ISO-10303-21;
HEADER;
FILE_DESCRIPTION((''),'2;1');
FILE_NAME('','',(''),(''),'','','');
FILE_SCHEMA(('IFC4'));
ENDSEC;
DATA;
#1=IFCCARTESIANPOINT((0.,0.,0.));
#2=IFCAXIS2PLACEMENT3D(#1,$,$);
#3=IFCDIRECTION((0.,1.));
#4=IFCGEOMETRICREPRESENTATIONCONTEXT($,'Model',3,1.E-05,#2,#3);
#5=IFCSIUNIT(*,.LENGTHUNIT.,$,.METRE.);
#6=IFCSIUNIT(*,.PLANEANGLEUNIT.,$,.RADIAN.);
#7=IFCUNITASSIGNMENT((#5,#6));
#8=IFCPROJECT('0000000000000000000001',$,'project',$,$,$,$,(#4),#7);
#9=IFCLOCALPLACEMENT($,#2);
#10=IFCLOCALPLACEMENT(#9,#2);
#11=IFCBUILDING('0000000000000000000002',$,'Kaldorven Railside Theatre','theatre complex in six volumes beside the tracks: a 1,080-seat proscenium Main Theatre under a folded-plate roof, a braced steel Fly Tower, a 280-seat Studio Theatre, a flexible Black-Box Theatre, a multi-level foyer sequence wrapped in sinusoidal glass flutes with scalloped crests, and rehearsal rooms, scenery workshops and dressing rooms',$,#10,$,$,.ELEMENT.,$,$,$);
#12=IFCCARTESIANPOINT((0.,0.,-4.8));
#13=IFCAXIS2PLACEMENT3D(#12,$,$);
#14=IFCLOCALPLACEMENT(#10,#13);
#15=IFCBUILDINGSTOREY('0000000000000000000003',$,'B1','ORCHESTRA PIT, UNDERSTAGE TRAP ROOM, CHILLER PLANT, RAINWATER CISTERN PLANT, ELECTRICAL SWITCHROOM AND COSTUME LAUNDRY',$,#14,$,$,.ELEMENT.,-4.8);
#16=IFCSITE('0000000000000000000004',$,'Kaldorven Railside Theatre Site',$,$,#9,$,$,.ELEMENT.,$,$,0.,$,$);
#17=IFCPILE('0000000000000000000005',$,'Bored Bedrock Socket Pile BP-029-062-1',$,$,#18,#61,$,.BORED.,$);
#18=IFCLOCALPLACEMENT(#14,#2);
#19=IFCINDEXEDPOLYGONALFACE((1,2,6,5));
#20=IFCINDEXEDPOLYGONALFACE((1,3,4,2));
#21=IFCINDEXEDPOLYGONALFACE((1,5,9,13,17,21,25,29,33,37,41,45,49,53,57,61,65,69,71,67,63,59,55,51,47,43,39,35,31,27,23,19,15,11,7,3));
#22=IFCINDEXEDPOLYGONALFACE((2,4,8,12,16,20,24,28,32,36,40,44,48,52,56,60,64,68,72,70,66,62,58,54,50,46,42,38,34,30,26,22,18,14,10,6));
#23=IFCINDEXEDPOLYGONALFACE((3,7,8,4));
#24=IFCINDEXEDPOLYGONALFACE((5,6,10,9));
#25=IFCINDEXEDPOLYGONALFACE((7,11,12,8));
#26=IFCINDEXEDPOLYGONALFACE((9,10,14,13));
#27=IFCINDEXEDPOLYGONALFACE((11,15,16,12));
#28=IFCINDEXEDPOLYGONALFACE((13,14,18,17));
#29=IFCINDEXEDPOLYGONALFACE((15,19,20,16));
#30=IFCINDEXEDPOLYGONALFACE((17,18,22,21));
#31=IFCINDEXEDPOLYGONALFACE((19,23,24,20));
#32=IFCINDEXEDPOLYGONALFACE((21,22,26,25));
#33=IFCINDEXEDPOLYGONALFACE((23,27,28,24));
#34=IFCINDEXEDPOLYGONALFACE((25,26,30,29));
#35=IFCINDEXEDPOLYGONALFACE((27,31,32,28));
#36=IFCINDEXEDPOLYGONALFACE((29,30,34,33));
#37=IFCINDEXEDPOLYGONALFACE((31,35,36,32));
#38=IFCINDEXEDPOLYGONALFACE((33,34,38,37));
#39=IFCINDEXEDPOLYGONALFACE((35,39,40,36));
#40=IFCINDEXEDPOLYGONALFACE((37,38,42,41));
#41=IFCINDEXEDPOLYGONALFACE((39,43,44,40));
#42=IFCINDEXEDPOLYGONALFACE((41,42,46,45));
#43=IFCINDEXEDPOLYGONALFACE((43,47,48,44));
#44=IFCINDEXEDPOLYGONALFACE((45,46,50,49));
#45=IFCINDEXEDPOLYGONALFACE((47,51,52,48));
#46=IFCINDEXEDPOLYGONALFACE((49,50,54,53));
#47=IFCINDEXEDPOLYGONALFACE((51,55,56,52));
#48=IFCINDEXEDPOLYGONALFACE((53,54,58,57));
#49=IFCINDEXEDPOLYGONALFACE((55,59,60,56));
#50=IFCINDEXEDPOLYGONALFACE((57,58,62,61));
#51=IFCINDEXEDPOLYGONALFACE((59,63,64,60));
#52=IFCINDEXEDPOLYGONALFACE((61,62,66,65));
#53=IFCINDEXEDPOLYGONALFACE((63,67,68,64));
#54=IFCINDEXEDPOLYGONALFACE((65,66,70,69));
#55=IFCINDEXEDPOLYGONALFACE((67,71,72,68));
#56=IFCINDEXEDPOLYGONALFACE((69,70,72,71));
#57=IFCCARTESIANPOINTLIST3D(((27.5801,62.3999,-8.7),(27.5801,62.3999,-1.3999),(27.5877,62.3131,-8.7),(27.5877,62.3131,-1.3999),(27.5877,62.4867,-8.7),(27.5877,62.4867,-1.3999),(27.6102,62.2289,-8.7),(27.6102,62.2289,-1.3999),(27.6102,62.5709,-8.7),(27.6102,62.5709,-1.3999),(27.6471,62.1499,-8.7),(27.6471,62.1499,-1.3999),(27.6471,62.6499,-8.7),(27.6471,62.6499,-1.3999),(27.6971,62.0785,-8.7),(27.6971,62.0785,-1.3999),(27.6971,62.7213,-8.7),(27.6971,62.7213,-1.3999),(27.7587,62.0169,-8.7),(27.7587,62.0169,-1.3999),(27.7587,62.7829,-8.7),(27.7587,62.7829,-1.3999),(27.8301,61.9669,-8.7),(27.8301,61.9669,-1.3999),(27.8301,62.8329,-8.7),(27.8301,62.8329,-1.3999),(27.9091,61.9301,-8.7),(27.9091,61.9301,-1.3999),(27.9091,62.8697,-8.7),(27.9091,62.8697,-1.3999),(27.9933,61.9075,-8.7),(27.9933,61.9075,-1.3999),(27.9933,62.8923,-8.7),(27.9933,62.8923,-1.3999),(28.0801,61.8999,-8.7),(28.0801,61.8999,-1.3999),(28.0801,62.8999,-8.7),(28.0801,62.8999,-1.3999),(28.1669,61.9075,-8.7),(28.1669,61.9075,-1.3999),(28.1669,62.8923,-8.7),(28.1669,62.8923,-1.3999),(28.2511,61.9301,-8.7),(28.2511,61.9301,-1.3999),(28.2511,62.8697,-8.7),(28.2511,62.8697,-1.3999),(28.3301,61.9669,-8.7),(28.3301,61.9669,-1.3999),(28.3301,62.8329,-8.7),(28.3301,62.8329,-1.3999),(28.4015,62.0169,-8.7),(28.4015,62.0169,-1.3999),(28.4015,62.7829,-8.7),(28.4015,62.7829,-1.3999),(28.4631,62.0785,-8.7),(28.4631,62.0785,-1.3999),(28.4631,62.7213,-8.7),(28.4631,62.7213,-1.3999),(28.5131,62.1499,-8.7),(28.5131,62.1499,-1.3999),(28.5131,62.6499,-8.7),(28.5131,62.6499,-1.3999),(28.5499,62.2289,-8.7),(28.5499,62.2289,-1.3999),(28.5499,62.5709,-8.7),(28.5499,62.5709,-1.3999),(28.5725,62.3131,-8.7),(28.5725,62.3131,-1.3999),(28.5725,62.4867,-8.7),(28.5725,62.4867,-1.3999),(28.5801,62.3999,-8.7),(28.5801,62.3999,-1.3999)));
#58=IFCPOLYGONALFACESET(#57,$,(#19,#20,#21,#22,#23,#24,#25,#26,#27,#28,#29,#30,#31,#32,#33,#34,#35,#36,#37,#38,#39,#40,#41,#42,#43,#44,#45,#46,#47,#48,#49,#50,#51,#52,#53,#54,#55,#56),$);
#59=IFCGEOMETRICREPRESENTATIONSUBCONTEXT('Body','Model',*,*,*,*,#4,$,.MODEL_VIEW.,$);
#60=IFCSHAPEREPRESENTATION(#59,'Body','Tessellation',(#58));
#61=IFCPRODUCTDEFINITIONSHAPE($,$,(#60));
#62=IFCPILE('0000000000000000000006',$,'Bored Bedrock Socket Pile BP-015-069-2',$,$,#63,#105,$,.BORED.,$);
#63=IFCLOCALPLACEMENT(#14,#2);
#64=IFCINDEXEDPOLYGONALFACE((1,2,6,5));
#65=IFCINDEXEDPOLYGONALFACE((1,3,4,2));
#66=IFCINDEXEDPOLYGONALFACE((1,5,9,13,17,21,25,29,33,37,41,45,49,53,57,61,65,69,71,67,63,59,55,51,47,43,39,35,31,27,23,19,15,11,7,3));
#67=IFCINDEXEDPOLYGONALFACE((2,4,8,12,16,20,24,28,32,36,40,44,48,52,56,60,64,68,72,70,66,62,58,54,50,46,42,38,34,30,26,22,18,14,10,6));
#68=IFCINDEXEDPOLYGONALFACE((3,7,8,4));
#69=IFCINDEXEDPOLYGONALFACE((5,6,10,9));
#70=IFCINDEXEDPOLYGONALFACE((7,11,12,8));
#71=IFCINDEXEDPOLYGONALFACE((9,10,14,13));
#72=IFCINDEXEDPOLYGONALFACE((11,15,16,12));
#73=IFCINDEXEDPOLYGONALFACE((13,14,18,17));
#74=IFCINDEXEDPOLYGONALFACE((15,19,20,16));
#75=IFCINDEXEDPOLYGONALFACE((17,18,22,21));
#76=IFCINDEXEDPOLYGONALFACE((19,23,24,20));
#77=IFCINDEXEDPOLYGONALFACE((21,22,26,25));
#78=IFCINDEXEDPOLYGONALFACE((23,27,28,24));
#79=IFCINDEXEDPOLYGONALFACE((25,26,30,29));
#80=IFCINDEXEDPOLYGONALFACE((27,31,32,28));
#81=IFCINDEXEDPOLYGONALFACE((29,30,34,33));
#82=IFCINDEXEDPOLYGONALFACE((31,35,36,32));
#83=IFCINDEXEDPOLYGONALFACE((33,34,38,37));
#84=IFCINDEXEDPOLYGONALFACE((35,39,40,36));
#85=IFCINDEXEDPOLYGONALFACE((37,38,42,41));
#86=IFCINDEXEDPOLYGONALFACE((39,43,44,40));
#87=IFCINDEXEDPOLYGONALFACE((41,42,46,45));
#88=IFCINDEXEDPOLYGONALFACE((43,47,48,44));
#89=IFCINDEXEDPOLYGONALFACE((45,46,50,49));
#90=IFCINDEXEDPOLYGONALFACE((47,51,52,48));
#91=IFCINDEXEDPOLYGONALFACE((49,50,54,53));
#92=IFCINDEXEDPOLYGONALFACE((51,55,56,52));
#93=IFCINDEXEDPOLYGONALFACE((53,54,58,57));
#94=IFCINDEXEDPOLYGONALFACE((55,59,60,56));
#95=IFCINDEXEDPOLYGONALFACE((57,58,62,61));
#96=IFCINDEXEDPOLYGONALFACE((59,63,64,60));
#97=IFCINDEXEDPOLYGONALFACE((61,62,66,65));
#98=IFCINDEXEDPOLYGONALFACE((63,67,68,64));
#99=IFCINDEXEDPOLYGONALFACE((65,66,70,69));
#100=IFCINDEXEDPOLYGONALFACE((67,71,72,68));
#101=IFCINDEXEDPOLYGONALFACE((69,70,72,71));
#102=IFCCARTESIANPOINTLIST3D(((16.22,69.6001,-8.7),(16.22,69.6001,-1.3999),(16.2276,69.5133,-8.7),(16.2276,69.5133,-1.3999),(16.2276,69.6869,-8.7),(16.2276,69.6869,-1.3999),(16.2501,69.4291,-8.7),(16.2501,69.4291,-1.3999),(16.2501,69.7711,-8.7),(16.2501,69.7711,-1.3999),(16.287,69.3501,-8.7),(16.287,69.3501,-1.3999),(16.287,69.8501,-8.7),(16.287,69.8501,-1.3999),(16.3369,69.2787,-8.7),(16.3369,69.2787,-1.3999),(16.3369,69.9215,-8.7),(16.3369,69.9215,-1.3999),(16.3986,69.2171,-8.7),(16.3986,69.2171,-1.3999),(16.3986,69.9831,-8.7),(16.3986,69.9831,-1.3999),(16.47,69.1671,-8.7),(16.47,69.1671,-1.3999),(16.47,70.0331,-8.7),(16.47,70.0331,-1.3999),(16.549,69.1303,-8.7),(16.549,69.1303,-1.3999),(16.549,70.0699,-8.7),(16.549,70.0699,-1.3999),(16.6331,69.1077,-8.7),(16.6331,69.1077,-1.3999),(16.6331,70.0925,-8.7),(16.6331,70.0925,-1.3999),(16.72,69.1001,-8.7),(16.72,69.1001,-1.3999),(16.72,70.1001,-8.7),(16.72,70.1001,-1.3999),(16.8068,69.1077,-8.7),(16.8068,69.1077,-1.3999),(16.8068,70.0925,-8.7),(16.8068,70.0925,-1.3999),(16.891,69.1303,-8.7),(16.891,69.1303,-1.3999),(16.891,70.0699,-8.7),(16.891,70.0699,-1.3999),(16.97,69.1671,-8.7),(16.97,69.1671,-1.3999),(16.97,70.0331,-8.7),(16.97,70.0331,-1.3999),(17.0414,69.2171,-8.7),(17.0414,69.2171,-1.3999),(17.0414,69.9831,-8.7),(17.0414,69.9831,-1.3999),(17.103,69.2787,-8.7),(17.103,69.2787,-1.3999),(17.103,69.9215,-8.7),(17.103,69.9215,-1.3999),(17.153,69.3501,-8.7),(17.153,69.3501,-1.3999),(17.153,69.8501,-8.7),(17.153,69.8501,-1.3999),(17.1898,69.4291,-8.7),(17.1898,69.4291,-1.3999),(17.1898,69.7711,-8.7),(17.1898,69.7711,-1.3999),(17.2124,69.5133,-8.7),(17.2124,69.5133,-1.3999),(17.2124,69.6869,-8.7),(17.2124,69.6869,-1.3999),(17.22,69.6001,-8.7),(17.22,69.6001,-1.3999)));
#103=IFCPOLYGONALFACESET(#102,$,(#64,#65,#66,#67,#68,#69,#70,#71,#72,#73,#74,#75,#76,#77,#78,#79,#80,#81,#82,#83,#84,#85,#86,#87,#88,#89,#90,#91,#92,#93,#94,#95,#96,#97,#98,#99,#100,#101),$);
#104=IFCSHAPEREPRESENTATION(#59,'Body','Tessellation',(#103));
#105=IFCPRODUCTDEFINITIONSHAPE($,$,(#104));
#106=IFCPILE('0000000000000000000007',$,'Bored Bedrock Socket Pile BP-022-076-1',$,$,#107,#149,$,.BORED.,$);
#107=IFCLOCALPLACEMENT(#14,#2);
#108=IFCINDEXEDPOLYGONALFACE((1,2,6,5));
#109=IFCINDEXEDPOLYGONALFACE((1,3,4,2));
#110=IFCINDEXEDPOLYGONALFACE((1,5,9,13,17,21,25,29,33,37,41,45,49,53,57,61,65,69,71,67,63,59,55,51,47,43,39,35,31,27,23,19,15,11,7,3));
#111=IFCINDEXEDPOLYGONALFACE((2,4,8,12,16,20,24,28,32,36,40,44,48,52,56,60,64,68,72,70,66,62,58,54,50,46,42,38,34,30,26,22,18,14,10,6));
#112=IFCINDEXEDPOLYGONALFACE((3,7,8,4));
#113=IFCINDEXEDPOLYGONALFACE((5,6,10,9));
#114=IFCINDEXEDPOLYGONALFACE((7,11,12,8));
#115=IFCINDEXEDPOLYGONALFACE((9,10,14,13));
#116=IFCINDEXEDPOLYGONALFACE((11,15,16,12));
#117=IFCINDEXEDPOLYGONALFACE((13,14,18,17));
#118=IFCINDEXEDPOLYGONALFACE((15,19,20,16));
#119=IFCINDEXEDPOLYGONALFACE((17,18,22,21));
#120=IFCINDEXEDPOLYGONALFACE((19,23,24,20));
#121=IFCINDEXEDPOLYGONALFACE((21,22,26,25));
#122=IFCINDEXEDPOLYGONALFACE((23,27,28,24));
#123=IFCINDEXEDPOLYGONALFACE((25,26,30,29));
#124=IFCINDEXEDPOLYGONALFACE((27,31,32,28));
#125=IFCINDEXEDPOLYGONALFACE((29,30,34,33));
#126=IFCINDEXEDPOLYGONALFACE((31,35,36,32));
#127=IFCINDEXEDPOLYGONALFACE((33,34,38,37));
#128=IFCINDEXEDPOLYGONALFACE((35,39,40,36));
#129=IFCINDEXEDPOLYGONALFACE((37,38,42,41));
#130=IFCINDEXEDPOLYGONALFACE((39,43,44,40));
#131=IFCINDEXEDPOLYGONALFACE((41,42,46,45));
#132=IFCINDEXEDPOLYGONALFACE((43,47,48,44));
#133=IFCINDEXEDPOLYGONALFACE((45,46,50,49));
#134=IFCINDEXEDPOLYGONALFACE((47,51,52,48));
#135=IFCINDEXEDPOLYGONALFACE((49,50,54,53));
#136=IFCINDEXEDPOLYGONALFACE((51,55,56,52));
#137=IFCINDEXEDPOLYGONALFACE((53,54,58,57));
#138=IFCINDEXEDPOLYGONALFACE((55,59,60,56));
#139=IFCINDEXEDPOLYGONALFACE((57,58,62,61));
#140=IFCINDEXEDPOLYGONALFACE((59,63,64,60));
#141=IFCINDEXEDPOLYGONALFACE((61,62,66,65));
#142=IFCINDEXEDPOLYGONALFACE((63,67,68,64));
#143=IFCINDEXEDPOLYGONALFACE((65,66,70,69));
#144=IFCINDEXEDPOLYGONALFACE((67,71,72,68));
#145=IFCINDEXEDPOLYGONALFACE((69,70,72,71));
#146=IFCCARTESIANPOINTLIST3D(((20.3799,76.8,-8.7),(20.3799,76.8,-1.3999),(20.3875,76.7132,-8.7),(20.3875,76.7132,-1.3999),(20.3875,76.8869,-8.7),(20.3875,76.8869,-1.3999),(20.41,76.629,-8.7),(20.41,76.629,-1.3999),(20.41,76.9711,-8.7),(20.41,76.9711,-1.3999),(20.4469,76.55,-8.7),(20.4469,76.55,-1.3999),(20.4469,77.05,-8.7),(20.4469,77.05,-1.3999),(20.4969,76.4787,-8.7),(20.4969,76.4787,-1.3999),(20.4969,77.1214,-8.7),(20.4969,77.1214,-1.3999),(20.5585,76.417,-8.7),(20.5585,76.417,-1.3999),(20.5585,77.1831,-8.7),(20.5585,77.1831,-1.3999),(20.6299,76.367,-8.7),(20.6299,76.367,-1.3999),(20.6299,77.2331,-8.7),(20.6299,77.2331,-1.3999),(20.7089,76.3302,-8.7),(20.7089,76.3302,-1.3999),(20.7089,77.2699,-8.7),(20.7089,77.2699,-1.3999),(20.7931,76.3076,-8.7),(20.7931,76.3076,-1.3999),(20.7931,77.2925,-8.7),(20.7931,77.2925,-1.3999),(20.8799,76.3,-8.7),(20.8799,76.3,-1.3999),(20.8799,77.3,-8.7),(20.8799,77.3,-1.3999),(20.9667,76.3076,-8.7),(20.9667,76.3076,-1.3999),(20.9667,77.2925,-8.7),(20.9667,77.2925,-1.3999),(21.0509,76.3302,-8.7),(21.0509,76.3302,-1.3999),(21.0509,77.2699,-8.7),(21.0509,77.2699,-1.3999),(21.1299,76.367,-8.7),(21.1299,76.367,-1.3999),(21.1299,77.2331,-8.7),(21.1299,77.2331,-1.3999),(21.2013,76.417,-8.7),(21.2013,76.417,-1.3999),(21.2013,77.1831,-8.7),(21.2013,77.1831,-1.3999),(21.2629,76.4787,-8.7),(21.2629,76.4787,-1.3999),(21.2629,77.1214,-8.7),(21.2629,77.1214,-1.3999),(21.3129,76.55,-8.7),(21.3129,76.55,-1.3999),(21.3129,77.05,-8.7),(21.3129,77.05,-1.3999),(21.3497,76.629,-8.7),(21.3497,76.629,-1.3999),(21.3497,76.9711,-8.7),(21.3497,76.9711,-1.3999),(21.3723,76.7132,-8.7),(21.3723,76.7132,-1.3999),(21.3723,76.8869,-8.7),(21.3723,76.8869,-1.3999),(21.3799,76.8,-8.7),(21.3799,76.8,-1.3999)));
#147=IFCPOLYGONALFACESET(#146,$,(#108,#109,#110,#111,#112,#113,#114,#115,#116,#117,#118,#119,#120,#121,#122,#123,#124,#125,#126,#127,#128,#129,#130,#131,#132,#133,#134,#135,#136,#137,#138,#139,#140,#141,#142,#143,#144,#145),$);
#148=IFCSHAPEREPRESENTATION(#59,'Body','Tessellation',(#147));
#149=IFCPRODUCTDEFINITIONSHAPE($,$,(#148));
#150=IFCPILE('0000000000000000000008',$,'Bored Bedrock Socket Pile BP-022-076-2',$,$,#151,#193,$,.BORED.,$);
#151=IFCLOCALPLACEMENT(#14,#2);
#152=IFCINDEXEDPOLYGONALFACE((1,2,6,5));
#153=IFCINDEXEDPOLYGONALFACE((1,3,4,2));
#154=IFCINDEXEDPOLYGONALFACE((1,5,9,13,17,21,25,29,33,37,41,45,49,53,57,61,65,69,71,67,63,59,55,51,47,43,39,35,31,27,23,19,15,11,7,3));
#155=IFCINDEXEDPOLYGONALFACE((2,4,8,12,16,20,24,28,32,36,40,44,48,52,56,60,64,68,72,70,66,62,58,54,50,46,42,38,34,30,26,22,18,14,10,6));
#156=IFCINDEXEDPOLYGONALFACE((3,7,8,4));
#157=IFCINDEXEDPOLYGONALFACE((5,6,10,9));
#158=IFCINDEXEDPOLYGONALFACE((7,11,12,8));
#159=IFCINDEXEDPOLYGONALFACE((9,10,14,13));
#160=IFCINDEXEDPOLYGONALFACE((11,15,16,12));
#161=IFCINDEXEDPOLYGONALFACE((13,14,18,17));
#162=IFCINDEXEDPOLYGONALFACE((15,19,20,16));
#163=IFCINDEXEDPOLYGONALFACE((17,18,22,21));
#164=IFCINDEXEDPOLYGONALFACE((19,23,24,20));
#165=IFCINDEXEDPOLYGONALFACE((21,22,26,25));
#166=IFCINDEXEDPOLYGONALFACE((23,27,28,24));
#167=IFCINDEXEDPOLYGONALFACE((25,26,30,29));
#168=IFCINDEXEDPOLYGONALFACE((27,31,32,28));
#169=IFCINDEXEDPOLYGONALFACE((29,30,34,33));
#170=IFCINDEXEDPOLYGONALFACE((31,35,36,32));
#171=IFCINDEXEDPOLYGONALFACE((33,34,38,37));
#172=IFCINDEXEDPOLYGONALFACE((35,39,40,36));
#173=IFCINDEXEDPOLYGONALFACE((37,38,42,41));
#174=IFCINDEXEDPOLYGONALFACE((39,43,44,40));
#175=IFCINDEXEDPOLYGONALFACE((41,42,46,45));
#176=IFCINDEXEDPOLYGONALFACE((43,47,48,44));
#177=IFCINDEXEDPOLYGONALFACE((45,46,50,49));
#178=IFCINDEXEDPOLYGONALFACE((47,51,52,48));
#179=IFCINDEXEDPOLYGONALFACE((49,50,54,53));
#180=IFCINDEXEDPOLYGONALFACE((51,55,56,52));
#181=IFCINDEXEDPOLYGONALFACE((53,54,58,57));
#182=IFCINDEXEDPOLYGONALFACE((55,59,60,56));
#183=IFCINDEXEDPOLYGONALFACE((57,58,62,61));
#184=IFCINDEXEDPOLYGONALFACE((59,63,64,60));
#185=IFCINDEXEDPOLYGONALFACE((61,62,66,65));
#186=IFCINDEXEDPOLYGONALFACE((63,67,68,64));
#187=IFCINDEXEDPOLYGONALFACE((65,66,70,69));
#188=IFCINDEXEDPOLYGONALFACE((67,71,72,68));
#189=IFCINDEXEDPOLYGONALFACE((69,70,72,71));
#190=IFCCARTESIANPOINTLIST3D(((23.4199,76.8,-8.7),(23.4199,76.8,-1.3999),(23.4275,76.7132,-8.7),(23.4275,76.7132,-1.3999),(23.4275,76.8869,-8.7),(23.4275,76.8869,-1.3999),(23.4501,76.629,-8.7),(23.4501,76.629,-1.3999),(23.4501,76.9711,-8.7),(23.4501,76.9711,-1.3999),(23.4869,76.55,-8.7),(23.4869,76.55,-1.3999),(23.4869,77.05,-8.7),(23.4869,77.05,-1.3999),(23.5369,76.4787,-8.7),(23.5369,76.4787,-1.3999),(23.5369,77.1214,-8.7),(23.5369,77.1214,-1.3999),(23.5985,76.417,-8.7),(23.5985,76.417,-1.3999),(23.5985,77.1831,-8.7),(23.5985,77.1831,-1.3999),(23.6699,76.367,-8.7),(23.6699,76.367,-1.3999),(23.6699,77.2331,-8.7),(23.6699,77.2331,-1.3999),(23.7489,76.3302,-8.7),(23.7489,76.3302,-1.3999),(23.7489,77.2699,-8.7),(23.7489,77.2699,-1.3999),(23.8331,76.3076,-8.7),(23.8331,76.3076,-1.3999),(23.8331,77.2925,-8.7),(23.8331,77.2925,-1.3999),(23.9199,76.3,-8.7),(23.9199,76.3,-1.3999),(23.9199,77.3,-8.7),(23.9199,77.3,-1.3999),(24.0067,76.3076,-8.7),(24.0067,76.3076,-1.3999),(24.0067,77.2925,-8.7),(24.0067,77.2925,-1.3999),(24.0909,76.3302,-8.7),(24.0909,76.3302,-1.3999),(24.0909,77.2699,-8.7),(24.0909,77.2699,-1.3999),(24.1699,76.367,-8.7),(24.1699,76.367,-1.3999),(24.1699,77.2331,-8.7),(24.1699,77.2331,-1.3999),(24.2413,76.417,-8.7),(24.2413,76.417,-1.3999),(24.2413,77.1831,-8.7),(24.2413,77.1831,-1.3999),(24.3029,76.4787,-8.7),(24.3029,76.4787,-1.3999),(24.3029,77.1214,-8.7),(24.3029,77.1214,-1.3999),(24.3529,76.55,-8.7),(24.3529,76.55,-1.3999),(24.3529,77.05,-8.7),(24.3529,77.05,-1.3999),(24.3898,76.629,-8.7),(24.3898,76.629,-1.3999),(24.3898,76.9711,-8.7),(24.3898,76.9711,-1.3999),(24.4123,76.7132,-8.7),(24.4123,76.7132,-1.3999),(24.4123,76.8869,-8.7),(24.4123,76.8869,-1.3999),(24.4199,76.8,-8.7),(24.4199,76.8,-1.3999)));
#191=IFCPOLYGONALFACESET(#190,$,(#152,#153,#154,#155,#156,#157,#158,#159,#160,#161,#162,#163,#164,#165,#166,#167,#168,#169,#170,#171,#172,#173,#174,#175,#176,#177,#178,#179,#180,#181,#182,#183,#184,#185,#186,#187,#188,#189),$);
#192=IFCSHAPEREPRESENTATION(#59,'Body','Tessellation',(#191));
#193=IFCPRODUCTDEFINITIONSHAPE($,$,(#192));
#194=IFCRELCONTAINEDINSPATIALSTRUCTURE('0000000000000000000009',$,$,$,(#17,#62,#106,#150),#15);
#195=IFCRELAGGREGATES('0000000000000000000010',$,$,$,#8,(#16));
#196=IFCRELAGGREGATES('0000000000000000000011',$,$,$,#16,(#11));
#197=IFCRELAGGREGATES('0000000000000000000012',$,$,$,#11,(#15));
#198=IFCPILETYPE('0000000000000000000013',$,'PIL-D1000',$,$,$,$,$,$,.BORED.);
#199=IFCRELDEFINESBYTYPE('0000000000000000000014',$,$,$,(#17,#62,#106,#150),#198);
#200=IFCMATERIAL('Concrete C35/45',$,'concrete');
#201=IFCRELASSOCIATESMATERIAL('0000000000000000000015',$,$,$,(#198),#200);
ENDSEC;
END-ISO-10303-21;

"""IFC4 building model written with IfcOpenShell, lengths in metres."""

from ifc_helpers import new_model, si_unit, direction, frame, origin, origin_2d, place, context, subcontext, project, spatial, circle, extrude, material, material_profile, profile_set, type_object, element, save


model = new_model("IFC4")

# Units and contexts
model_context = context("Model", 3, precision=1e-05, world=origin(), true_north=direction((0.0, 1.0)))
body_context = subcontext(model_context, "Body", "Model", "MODEL_VIEW")
ifc_project = project(units=[si_unit("LENGTHUNIT", "METRE"), si_unit("PLANEANGLEUNIT", "RADIAN")], contexts=[model_context])

# Site, building, storey
site_placement = place(None, origin())
site = spatial("IfcSite", under=ifc_project, at=site_placement, Name="Kaldorven Railside Theatre Site", CompositionType="ELEMENT", RefElevation=0.0)
building_placement = place(site_placement, origin())
building = spatial("IfcBuilding", under=site, at=building_placement, Name="Kaldorven Railside Theatre", Description="theatre complex in six volumes beside the tracks: a 1,080-seat proscenium Main Theatre under a folded-plate roof, a braced steel Fly Tower, a 280-seat Studio Theatre, a flexible Black-Box Theatre, a multi-level foyer sequence wrapped in sinusoidal glass flutes with scalloped crests, and rehearsal rooms, scenery workshops and dressing rooms", CompositionType="ELEMENT")
storey_placement = place(building_placement, frame((0.0, 0.0, -4.8)))
storey = spatial("IfcBuildingStorey", under=building, at=storey_placement, Name="B1", Description="ORCHESTRA PIT, UNDERSTAGE TRAP ROOM, CHILLER PLANT, RAINWATER CISTERN PLANT, ELECTRICAL SWITCHROOM AND COSTUME LAUNDRY", CompositionType="ELEMENT", Elevation=-4.8)

# Piles
ifc_material_1 = material(Name="Concrete C35/45", Category="concrete")
ifc_material_profile_1 = material_profile(ifc_material_1, circle(Radius=0.5, at=origin_2d()), Name="BP D1000")
ifc_profile_set_1 = profile_set([ifc_material_profile_1], Name="Concrete C35/45")
pile_type_1 = type_object("IfcPileType", Name="PIL-D1000", PredefinedType="BORED", material=ifc_profile_set_1)
for number, where, z_axis, x_axis, name in (
    (1, (28.0801, 62.3999, -1.3999), (0.0, 0.0, -1.0), (1.0, 0.0, 0.0), "Bored Bedrock Socket Pile BP-029-062-1"),
    (2, (16.72, 69.6001, -1.3999), (0.0, 0.0, -1.0), (1.0, 0.0, 0.0), "Bored Bedrock Socket Pile BP-015-069-2"),
    (3, (20.8799, 76.8, -1.3999), (0.0, 0.0, -1.0), (1.0, 0.0, 0.0), "Bored Bedrock Socket Pile BP-022-076-1"),
    (4, (23.9199, 76.8, -1.3999), (0.0, 0.0, -1.0), (1.0, 0.0, 0.0), "Bored Bedrock Socket Pile BP-022-076-2"),
):
    element("IfcPile", number, at=place(storey_placement, frame(where, z_axis=z_axis, x_axis=x_axis)), inside=storey, type_object=pile_type_1, Name=name, PredefinedType="BORED", context=body_context, shape_type="SweptSolid", body=[
        extrude(circle(Radius=0.5, at=origin_2d()), origin(), (0.0, 0.0, 1.0), 7.3),
    ])

save(model, "model.ifc")
